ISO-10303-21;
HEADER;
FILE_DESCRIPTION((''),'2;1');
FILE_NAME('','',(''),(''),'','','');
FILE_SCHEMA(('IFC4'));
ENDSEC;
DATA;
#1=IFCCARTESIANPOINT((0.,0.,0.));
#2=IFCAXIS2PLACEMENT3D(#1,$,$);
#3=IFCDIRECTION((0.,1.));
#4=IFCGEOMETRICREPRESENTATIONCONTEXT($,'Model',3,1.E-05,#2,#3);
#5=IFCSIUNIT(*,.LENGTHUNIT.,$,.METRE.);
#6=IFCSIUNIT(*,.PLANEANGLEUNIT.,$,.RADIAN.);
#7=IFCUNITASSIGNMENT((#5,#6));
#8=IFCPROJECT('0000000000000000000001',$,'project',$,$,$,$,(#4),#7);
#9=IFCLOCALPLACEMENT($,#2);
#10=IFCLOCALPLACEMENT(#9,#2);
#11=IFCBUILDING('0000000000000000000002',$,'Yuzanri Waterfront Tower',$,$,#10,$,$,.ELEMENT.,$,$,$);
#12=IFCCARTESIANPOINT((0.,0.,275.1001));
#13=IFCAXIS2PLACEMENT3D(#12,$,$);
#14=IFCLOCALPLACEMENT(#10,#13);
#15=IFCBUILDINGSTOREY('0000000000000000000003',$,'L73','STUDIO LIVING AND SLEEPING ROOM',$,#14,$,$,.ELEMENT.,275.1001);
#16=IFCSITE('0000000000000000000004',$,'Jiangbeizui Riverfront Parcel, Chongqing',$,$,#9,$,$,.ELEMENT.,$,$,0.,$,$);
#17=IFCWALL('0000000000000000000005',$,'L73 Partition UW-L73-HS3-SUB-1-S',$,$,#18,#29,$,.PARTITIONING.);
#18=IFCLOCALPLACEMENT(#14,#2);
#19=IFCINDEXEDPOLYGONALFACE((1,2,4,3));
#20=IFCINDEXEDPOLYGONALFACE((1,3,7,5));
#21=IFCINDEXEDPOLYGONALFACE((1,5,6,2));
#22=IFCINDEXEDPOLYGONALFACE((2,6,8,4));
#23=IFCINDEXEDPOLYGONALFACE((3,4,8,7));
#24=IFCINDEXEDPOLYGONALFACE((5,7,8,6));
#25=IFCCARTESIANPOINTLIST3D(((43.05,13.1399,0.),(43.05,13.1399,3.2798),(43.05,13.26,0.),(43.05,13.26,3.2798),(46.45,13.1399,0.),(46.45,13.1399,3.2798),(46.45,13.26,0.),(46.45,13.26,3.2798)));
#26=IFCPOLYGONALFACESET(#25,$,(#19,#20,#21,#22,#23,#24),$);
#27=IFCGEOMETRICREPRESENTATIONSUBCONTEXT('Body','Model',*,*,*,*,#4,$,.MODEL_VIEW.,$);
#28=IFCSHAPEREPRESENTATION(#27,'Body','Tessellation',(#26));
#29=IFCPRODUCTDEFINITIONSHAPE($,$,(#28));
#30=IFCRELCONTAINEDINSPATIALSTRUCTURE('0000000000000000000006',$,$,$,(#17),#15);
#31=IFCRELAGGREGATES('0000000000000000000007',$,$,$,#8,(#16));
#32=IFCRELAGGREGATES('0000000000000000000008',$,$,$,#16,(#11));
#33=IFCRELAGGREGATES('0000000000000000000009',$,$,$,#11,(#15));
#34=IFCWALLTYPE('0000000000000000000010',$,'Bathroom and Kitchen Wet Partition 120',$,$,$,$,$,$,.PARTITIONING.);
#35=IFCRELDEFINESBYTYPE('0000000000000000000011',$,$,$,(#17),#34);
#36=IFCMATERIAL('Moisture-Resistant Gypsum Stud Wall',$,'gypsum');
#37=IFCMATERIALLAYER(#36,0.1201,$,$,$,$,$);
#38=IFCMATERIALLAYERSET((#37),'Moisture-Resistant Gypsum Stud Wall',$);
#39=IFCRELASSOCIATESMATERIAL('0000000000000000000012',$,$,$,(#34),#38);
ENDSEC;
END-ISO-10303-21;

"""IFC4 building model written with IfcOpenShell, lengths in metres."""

from ifc_helpers import new_model, si_unit, direction, frame, frame_2d, origin, place, context, subcontext, project, spatial, rectangle, extrude, source, transform, mapped, material, layer, layer_set, type_object, element, save


model = new_model("IFC4")

# Units and contexts
model_context = context("Model", 3, precision=1e-05, world=origin(), true_north=direction((0.0, 1.0)))
body_context = subcontext(model_context, "Body", "Model", "MODEL_VIEW")
ifc_project = project(units=[si_unit("LENGTHUNIT", "METRE"), si_unit("PLANEANGLEUNIT", "RADIAN")], contexts=[model_context])

# Site, building, storey
site_placement = place(None, origin())
site = spatial("IfcSite", under=ifc_project, at=site_placement, Name="Jiangbeizui Riverfront Parcel, Chongqing", CompositionType="ELEMENT", RefElevation=0.0)
building_placement = place(site_placement, origin())
building = spatial("IfcBuilding", under=site, at=building_placement, Name="Yuzanri Waterfront Tower", CompositionType="ELEMENT")
storey_placement = place(building_placement, frame((0.0, 0.0, 275.1001)))
storey = spatial("IfcBuildingStorey", under=building, at=storey_placement, Name="L73", Description="STUDIO LIVING AND SLEEPING ROOM", CompositionType="ELEMENT", Elevation=275.1001)

# Shared definitions
ifc_material_1 = material(Name="Moisture-Resistant Gypsum Stud Wall", Category="gypsum")
ifc_layer_1 = layer(ifc_material_1, 0.1201)
ifc_layer_set_1 = layer_set([ifc_layer_1], Name="Moisture-Resistant Gypsum Stud Wall")
wall_type_1 = type_object("IfcWallType", Name="Bathroom and Kitchen Wet Partition 120", PredefinedType="PARTITIONING", material=ifc_layer_set_1)

# Wall
shared_shape_1 = source(origin(), body_context, "Body", "SweptSolid", [
    extrude(rectangle(XDim=3.3999, YDim=0.1201, at=frame_2d((1.7, 0.0))), origin(), (0.0, 0.0, 1.0), 3.2798),
])
wall_1_placement = place(storey_placement, frame((43.05, 13.2, 0.0), z_axis=(0.0, 0.0, 1.0), x_axis=(1.0, 0.0, 0.0)))
element("IfcWall", 1, at=wall_1_placement, inside=storey, type_object=wall_type_1, Name="L73 Partition UW-L73-HS3-SUB-1-S", PredefinedType="PARTITIONING", context=body_context, shape_type="MappedRepresentation", body=[
    mapped(shared_shape_1, transform((0.0, 0.0, 0.0), scale=1.0)),
])

save(model, "model.ifc")
